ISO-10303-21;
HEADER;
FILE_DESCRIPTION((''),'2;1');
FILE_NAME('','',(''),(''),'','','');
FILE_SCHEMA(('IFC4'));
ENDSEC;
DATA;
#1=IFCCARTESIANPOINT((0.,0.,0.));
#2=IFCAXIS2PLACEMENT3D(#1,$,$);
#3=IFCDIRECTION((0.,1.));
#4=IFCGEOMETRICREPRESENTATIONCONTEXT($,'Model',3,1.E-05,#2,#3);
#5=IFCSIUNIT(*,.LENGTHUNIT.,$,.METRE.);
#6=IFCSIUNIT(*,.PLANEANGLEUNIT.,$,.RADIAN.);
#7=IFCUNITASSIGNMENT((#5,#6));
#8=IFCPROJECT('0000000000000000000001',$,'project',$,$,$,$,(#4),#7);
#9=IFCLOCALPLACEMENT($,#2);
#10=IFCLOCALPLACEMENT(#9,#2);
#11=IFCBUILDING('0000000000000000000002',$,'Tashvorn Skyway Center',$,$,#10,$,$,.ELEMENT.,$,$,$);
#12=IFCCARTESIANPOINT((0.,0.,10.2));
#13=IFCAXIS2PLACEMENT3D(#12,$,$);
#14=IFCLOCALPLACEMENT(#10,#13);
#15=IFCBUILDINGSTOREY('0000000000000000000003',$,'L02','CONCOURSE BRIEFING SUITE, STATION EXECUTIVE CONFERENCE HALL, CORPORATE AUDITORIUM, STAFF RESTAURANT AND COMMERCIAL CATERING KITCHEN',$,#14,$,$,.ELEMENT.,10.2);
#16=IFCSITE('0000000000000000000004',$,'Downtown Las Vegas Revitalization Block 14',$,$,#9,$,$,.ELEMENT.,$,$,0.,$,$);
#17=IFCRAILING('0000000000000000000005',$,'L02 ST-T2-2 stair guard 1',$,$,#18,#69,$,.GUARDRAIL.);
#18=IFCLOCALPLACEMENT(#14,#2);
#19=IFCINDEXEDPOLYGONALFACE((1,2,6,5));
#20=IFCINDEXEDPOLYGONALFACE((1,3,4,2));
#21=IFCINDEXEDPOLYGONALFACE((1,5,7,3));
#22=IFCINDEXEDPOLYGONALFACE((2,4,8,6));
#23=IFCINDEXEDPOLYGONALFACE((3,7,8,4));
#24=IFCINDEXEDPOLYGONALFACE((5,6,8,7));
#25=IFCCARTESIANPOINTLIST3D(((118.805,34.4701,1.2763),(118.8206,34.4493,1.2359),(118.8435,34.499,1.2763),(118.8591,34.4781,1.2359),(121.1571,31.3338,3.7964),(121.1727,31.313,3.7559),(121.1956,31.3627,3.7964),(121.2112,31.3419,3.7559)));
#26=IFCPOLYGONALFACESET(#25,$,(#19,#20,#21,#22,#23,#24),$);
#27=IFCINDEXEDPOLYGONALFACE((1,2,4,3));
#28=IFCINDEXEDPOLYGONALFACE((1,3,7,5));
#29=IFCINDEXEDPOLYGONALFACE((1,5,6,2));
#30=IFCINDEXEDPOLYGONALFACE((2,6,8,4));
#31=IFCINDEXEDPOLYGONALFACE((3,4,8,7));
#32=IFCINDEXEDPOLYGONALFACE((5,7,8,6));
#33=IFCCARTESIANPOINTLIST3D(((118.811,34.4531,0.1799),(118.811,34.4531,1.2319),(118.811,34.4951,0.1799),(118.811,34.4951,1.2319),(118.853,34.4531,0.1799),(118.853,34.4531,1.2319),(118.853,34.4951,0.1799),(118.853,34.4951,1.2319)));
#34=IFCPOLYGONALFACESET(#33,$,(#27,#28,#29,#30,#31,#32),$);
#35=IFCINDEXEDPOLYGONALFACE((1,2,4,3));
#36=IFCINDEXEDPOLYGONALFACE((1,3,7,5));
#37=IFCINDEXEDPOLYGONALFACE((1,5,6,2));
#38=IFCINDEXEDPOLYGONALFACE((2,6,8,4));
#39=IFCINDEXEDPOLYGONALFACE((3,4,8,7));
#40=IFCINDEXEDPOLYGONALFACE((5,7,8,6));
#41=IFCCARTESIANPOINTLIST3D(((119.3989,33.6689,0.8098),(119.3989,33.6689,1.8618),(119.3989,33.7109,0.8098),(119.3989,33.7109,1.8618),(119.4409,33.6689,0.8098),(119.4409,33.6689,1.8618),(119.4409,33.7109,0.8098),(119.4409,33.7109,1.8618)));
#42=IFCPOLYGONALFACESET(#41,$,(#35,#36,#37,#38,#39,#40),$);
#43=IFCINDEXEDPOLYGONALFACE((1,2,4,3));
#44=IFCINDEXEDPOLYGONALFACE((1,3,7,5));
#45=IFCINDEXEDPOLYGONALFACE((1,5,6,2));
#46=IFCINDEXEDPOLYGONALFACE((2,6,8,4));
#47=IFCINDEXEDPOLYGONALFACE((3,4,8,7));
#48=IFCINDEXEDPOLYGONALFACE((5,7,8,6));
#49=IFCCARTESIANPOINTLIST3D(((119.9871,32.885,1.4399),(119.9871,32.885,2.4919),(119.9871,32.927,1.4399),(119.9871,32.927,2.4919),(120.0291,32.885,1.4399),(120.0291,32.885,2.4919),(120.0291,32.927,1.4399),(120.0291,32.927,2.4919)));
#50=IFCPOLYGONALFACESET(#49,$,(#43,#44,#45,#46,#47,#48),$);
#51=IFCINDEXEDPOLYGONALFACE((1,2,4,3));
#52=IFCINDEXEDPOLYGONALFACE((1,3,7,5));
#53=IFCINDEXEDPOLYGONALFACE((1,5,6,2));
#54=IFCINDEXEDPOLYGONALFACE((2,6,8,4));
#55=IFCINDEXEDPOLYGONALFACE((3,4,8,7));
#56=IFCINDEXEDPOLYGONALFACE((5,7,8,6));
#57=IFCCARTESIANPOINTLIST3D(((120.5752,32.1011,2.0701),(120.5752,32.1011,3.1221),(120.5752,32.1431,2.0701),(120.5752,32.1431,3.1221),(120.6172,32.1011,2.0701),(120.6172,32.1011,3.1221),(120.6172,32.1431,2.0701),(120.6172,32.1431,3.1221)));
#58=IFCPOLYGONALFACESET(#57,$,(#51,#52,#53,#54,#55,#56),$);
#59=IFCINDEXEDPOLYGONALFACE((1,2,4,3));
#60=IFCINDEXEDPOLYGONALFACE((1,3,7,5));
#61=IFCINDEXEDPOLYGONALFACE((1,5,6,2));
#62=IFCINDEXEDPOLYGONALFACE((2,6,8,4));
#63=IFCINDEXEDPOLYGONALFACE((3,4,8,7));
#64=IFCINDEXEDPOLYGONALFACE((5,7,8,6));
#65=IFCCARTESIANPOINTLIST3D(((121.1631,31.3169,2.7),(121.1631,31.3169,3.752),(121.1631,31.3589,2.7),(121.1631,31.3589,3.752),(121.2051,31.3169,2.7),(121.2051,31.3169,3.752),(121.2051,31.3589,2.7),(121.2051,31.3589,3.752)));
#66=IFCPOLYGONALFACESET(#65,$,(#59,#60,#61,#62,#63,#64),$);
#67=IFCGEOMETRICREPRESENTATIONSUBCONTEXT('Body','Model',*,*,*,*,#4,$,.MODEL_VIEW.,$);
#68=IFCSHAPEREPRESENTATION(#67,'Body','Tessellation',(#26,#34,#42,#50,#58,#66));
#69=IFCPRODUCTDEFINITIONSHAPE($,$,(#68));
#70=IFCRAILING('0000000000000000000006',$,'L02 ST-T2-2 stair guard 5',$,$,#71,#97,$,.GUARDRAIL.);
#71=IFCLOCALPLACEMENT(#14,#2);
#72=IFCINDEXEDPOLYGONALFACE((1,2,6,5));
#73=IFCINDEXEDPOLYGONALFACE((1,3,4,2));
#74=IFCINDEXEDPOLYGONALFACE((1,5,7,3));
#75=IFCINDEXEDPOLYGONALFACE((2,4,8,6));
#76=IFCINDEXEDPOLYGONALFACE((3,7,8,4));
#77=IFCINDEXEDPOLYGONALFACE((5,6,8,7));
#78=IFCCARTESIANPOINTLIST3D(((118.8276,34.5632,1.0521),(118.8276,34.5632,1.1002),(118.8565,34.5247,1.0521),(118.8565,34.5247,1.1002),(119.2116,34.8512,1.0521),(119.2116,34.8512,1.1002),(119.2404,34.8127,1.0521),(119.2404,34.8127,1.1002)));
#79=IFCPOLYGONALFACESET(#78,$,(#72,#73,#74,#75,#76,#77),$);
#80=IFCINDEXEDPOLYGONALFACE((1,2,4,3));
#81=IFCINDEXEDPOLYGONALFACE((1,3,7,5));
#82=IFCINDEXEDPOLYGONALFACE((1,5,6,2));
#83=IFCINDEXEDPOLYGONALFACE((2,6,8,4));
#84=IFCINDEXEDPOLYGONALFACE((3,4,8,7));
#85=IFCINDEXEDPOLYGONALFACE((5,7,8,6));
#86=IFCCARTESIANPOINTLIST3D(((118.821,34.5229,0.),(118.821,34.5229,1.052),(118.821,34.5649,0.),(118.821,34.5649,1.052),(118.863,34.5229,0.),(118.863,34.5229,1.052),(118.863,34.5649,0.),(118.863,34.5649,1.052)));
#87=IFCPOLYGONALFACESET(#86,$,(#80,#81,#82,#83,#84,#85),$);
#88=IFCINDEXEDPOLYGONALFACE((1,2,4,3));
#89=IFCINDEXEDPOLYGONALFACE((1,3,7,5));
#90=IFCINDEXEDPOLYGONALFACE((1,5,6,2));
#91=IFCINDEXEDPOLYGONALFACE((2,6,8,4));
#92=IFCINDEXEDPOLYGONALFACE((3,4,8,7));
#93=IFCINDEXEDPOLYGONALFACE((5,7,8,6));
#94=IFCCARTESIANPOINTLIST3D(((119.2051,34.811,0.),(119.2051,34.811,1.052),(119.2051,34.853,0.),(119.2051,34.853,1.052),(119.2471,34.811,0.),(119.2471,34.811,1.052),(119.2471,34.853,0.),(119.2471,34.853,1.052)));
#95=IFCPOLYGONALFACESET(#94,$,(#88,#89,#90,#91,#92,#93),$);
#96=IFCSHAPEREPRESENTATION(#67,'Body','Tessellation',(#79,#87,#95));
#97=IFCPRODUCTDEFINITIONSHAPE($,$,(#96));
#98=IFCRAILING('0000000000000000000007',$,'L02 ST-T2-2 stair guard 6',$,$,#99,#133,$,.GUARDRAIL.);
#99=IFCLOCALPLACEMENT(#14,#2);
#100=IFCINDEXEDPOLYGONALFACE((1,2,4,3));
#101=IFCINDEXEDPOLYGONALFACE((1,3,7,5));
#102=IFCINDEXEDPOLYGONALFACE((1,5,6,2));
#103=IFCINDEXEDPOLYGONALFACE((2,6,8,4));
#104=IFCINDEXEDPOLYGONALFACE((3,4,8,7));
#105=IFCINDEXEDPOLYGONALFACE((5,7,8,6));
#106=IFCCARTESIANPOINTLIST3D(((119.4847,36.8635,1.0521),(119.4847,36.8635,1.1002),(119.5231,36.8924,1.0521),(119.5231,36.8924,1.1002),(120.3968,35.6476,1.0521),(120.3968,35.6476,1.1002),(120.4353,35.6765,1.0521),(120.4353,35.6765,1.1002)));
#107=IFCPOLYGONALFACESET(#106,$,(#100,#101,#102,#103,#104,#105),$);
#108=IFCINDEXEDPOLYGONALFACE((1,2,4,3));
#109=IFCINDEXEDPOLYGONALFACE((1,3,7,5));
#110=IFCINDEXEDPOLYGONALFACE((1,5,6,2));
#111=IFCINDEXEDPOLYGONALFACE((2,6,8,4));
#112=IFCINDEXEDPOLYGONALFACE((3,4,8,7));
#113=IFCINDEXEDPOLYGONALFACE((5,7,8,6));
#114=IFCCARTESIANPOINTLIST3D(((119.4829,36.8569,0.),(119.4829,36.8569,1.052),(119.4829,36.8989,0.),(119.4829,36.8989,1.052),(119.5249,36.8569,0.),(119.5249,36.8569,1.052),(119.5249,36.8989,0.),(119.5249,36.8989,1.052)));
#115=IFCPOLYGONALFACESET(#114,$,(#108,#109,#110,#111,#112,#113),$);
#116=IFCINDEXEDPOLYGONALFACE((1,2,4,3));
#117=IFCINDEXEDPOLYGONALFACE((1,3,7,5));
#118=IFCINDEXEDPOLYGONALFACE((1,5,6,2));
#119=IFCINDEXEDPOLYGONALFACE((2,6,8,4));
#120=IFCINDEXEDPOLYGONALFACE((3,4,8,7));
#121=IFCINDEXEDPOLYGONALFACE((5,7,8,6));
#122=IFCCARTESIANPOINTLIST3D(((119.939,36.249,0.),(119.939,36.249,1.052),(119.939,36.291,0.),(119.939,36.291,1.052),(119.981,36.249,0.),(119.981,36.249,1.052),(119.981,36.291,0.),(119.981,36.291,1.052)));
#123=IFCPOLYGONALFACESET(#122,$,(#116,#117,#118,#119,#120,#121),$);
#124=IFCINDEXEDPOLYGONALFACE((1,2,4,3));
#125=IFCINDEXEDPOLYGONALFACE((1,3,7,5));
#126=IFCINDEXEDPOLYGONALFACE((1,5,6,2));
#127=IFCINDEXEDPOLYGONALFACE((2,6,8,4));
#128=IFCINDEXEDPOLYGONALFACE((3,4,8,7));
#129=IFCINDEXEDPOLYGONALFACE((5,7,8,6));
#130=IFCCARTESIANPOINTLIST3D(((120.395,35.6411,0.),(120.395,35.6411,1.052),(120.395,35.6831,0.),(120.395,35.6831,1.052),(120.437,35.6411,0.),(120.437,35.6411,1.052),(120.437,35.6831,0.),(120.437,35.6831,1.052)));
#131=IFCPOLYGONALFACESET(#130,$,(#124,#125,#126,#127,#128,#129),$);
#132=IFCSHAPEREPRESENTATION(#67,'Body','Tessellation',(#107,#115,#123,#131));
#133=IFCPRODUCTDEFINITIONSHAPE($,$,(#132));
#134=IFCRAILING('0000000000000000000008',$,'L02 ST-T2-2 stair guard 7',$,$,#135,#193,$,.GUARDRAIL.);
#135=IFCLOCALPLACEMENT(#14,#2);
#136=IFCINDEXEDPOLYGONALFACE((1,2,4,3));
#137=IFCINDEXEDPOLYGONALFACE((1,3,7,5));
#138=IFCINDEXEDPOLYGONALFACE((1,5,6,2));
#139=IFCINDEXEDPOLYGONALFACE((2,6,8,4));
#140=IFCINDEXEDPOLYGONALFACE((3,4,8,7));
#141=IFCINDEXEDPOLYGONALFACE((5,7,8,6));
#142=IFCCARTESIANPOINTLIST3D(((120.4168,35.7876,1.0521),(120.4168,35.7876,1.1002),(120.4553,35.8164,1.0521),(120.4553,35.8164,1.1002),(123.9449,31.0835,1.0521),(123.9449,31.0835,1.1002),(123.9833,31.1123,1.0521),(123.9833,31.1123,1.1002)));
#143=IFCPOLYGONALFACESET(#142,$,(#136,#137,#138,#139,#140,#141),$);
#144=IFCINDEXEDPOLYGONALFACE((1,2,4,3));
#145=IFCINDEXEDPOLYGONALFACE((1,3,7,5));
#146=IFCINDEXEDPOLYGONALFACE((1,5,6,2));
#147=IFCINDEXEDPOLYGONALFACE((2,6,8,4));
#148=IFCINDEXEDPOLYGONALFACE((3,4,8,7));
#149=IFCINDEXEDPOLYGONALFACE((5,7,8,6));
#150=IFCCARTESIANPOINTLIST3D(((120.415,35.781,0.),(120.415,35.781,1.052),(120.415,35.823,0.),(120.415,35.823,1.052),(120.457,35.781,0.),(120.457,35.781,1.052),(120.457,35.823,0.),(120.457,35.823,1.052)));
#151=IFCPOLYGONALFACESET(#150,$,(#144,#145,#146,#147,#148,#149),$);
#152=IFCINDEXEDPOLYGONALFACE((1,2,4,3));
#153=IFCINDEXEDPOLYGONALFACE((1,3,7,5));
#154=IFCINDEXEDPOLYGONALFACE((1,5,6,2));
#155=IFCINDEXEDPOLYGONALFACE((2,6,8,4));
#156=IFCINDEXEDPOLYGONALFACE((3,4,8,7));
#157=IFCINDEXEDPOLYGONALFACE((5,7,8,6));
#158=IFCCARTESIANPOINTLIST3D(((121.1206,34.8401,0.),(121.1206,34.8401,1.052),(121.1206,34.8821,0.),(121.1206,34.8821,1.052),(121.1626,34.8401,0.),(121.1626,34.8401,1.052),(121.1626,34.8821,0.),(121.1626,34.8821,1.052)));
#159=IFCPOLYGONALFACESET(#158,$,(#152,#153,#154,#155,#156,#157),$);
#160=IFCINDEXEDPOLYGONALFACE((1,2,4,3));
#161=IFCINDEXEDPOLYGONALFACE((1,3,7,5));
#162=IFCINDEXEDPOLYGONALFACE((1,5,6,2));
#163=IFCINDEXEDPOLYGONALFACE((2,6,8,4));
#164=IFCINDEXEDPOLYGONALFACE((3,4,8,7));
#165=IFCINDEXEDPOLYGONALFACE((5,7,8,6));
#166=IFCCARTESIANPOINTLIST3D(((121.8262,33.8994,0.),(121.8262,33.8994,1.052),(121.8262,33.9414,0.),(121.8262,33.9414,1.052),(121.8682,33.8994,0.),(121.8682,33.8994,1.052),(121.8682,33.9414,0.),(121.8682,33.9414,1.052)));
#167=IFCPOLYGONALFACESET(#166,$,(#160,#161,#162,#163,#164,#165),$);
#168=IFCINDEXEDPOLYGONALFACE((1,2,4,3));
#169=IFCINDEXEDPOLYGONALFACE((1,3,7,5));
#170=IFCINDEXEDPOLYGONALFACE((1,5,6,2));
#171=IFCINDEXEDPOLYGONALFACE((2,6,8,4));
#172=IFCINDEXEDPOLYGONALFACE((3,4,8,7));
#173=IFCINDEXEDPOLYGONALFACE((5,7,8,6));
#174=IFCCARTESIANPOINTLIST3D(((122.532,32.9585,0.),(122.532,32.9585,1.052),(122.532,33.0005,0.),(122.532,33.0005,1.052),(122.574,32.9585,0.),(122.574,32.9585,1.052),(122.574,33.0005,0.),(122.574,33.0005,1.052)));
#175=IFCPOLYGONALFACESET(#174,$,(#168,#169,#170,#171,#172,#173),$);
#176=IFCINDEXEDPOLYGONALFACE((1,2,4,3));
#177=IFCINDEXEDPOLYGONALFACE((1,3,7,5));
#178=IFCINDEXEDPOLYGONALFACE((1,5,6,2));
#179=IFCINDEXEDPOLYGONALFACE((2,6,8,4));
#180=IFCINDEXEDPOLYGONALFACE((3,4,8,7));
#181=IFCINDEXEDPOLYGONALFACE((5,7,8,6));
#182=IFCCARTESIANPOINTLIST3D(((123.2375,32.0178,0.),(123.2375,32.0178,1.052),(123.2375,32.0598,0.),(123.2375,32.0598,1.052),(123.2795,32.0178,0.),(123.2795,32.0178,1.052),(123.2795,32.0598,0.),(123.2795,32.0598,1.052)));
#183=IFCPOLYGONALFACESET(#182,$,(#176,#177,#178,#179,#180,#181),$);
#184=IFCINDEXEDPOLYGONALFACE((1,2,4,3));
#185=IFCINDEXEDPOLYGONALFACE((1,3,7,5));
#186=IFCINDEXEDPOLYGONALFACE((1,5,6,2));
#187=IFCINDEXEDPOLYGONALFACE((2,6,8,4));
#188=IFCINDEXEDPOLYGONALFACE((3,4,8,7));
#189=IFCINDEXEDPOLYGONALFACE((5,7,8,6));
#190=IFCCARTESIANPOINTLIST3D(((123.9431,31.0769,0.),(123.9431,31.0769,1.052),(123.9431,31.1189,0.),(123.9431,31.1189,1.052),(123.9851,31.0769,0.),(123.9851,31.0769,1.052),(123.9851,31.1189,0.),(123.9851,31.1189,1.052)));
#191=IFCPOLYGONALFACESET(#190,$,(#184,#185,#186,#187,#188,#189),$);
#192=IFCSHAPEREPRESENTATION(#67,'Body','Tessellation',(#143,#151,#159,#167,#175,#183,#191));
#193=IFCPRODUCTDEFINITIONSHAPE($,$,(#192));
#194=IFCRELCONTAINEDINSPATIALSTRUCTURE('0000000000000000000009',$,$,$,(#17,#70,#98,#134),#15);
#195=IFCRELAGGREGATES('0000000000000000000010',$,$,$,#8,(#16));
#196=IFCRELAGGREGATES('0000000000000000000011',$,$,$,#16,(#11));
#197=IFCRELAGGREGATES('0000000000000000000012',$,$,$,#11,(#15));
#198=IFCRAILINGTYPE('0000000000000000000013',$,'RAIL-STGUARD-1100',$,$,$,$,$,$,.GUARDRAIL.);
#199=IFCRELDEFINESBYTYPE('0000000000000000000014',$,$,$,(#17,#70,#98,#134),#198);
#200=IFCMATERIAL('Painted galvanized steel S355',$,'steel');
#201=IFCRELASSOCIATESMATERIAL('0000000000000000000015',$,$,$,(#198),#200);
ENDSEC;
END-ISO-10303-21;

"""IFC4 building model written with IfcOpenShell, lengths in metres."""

from ifc_helpers import new_model, si_unit, direction, frame, origin, origin_2d, place, context, subcontext, project, spatial, rectangle, extrude, material, type_object, element, save


model = new_model("IFC4")

# Units and contexts
model_context = context("Model", 3, precision=1e-05, world=origin(), true_north=direction((0.0, 1.0)))
body_context = subcontext(model_context, "Body", "Model", "MODEL_VIEW")
ifc_project = project(units=[si_unit("LENGTHUNIT", "METRE"), si_unit("PLANEANGLEUNIT", "RADIAN")], contexts=[model_context])

# Site, building, storey
site_placement = place(None, origin())
site = spatial("IfcSite", under=ifc_project, at=site_placement, Name="Downtown Las Vegas Revitalization Block 14", CompositionType="ELEMENT", RefElevation=0.0)
building_placement = place(site_placement, origin())
building = spatial("IfcBuilding", under=site, at=building_placement, Name="Tashvorn Skyway Center", CompositionType="ELEMENT")
storey_placement = place(building_placement, frame((0.0, 0.0, 10.2)))
storey = spatial("IfcBuildingStorey", under=building, at=storey_placement, Name="L02", Description="CONCOURSE BRIEFING SUITE, STATION EXECUTIVE CONFERENCE HALL, CORPORATE AUDITORIUM, STAFF RESTAURANT AND COMMERCIAL CATERING KITCHEN", CompositionType="ELEMENT", Elevation=10.2)

# Railings
ifc_material_1 = material(Name="Painted galvanized steel S355", Category="steel")
railing_type_1 = type_object("IfcRailingType", Name="RAIL-STGUARD-1100", PredefinedType="GUARDRAIL", material=ifc_material_1)
railing_1_placement = place(storey_placement, frame((118.832, 34.4741, 0.1799)))
element("IfcRailing", 1, at=railing_1_placement, inside=storey, type_object=railing_type_1, Name="L02 ST-T2-2 stair guard 1", PredefinedType="GUARDRAIL", context=body_context, shape_type="SweptSolid", body=[
    extrude(rectangle(XDim=0.0481, YDim=0.0481, at=origin_2d()), frame((0.0, 0.0, 1.0762), z_axis=(0.504697, -0.672965, 0.54074), x_axis=(0.800015, 0.59998, 0.0)), (0.0, 0.0, 1.0), 4.6604),
    extrude(rectangle(XDim=0.042, YDim=0.042, at=origin_2d()), origin(), (0.0, 0.0, 1.0), 1.052),
    extrude(rectangle(XDim=0.042, YDim=0.042, at=origin_2d()), frame((0.5879, -0.7842, 0.6299)), (0.0, 0.0, 1.0), 1.052),
    extrude(rectangle(XDim=0.042, YDim=0.042, at=origin_2d()), frame((1.176, -1.5681, 1.26)), (0.0, 0.0, 1.0), 1.052),
    extrude(rectangle(XDim=0.042, YDim=0.042, at=origin_2d()), frame((1.7642, -2.3521, 1.8901)), (0.0, 0.0, 1.0), 1.052),
    extrude(rectangle(XDim=0.042, YDim=0.042, at=origin_2d()), frame((2.3521, -3.1362, 2.52)), (0.0, 0.0, 1.0), 1.052),
])
railing_2_placement = place(storey_placement, frame((118.842, 34.5439, 0.0)))
element("IfcRailing", 2, at=railing_2_placement, inside=storey, type_object=railing_type_1, Name="L02 ST-T2-2 stair guard 5", PredefinedType="GUARDRAIL", context=body_context, shape_type="SweptSolid", body=[
    extrude(rectangle(XDim=0.0481, YDim=0.0481, at=origin_2d()), frame((0.0, 0.0, 1.0762), z_axis=(0.799939, 0.600081, 0.0), x_axis=(-0.600081, 0.799939, 0.0)), (0.0, 0.0, 1.0), 0.48),
    extrude(rectangle(XDim=0.042, YDim=0.042, at=origin_2d()), origin(), (0.0, 0.0, 1.0), 1.052),
    extrude(rectangle(XDim=0.042, YDim=0.042, at=origin_2d()), frame((0.384, 0.2881, 0.0)), (0.0, 0.0, 1.0), 1.052),
])
railing_3_placement = place(storey_placement, frame((119.5039, 36.8779, 0.0)))
element("IfcRailing", 3, at=railing_3_placement, inside=storey, type_object=railing_type_1, Name="L02 ST-T2-2 stair guard 6", PredefinedType="GUARDRAIL", context=body_context, shape_type="SweptSolid", body=[
    extrude(rectangle(XDim=0.0481, YDim=0.0481, at=origin_2d()), frame((0.0, 0.0, 1.0762), z_axis=(0.600103, -0.799923, 0.0), x_axis=(0.799923, 0.600103, 0.0)), (0.0, 0.0, 1.0), 1.52),
    extrude(rectangle(XDim=0.042, YDim=0.042, at=origin_2d()), origin(), (0.0, 0.0, 1.0), 1.052),
    extrude(rectangle(XDim=0.042, YDim=0.042, at=origin_2d()), frame((0.4561, -0.6079, 0.0)), (0.0, 0.0, 1.0), 1.052),
    extrude(rectangle(XDim=0.042, YDim=0.042, at=origin_2d()), frame((0.9121, -1.2158, 0.0)), (0.0, 0.0, 1.0), 1.052),
])
railing_4_placement = place(storey_placement, frame((120.436, 35.802, 0.0)))
element("IfcRailing", 4, at=railing_4_placement, inside=storey, type_object=railing_type_1, Name="L02 ST-T2-2 stair guard 7", PredefinedType="GUARDRAIL", context=body_context, shape_type="SweptSolid", body=[
    extrude(rectangle(XDim=0.0481, YDim=0.0481, at=origin_2d()), frame((0.0, 0.0, 1.0762), z_axis=(0.6, -0.8, 0.0), x_axis=(0.8, 0.6, 0.0)), (0.0, 0.0, 1.0), 5.8801),
    extrude(rectangle(XDim=0.042, YDim=0.042, at=origin_2d()), origin(), (0.0, 0.0, 1.0), 1.052),
    extrude(rectangle(XDim=0.042, YDim=0.042, at=origin_2d()), frame((0.7056, -0.9409, 0.0)), (0.0, 0.0, 1.0), 1.052),
    extrude(rectangle(XDim=0.042, YDim=0.042, at=origin_2d()), frame((1.4111, -1.8816, 0.0)), (0.0, 0.0, 1.0), 1.052),
    extrude(rectangle(XDim=0.042, YDim=0.042, at=origin_2d()), frame((2.1169, -2.8225, 0.0)), (0.0, 0.0, 1.0), 1.052),
    extrude(rectangle(XDim=0.042, YDim=0.042, at=origin_2d()), frame((2.8225, -3.7632, 0.0)), (0.0, 0.0, 1.0), 1.052),
    extrude(rectangle(XDim=0.042, YDim=0.042, at=origin_2d()), frame((3.5281, -4.7041, 0.0)), (0.0, 0.0, 1.0), 1.052),
])

save(model, "model.ifc")
